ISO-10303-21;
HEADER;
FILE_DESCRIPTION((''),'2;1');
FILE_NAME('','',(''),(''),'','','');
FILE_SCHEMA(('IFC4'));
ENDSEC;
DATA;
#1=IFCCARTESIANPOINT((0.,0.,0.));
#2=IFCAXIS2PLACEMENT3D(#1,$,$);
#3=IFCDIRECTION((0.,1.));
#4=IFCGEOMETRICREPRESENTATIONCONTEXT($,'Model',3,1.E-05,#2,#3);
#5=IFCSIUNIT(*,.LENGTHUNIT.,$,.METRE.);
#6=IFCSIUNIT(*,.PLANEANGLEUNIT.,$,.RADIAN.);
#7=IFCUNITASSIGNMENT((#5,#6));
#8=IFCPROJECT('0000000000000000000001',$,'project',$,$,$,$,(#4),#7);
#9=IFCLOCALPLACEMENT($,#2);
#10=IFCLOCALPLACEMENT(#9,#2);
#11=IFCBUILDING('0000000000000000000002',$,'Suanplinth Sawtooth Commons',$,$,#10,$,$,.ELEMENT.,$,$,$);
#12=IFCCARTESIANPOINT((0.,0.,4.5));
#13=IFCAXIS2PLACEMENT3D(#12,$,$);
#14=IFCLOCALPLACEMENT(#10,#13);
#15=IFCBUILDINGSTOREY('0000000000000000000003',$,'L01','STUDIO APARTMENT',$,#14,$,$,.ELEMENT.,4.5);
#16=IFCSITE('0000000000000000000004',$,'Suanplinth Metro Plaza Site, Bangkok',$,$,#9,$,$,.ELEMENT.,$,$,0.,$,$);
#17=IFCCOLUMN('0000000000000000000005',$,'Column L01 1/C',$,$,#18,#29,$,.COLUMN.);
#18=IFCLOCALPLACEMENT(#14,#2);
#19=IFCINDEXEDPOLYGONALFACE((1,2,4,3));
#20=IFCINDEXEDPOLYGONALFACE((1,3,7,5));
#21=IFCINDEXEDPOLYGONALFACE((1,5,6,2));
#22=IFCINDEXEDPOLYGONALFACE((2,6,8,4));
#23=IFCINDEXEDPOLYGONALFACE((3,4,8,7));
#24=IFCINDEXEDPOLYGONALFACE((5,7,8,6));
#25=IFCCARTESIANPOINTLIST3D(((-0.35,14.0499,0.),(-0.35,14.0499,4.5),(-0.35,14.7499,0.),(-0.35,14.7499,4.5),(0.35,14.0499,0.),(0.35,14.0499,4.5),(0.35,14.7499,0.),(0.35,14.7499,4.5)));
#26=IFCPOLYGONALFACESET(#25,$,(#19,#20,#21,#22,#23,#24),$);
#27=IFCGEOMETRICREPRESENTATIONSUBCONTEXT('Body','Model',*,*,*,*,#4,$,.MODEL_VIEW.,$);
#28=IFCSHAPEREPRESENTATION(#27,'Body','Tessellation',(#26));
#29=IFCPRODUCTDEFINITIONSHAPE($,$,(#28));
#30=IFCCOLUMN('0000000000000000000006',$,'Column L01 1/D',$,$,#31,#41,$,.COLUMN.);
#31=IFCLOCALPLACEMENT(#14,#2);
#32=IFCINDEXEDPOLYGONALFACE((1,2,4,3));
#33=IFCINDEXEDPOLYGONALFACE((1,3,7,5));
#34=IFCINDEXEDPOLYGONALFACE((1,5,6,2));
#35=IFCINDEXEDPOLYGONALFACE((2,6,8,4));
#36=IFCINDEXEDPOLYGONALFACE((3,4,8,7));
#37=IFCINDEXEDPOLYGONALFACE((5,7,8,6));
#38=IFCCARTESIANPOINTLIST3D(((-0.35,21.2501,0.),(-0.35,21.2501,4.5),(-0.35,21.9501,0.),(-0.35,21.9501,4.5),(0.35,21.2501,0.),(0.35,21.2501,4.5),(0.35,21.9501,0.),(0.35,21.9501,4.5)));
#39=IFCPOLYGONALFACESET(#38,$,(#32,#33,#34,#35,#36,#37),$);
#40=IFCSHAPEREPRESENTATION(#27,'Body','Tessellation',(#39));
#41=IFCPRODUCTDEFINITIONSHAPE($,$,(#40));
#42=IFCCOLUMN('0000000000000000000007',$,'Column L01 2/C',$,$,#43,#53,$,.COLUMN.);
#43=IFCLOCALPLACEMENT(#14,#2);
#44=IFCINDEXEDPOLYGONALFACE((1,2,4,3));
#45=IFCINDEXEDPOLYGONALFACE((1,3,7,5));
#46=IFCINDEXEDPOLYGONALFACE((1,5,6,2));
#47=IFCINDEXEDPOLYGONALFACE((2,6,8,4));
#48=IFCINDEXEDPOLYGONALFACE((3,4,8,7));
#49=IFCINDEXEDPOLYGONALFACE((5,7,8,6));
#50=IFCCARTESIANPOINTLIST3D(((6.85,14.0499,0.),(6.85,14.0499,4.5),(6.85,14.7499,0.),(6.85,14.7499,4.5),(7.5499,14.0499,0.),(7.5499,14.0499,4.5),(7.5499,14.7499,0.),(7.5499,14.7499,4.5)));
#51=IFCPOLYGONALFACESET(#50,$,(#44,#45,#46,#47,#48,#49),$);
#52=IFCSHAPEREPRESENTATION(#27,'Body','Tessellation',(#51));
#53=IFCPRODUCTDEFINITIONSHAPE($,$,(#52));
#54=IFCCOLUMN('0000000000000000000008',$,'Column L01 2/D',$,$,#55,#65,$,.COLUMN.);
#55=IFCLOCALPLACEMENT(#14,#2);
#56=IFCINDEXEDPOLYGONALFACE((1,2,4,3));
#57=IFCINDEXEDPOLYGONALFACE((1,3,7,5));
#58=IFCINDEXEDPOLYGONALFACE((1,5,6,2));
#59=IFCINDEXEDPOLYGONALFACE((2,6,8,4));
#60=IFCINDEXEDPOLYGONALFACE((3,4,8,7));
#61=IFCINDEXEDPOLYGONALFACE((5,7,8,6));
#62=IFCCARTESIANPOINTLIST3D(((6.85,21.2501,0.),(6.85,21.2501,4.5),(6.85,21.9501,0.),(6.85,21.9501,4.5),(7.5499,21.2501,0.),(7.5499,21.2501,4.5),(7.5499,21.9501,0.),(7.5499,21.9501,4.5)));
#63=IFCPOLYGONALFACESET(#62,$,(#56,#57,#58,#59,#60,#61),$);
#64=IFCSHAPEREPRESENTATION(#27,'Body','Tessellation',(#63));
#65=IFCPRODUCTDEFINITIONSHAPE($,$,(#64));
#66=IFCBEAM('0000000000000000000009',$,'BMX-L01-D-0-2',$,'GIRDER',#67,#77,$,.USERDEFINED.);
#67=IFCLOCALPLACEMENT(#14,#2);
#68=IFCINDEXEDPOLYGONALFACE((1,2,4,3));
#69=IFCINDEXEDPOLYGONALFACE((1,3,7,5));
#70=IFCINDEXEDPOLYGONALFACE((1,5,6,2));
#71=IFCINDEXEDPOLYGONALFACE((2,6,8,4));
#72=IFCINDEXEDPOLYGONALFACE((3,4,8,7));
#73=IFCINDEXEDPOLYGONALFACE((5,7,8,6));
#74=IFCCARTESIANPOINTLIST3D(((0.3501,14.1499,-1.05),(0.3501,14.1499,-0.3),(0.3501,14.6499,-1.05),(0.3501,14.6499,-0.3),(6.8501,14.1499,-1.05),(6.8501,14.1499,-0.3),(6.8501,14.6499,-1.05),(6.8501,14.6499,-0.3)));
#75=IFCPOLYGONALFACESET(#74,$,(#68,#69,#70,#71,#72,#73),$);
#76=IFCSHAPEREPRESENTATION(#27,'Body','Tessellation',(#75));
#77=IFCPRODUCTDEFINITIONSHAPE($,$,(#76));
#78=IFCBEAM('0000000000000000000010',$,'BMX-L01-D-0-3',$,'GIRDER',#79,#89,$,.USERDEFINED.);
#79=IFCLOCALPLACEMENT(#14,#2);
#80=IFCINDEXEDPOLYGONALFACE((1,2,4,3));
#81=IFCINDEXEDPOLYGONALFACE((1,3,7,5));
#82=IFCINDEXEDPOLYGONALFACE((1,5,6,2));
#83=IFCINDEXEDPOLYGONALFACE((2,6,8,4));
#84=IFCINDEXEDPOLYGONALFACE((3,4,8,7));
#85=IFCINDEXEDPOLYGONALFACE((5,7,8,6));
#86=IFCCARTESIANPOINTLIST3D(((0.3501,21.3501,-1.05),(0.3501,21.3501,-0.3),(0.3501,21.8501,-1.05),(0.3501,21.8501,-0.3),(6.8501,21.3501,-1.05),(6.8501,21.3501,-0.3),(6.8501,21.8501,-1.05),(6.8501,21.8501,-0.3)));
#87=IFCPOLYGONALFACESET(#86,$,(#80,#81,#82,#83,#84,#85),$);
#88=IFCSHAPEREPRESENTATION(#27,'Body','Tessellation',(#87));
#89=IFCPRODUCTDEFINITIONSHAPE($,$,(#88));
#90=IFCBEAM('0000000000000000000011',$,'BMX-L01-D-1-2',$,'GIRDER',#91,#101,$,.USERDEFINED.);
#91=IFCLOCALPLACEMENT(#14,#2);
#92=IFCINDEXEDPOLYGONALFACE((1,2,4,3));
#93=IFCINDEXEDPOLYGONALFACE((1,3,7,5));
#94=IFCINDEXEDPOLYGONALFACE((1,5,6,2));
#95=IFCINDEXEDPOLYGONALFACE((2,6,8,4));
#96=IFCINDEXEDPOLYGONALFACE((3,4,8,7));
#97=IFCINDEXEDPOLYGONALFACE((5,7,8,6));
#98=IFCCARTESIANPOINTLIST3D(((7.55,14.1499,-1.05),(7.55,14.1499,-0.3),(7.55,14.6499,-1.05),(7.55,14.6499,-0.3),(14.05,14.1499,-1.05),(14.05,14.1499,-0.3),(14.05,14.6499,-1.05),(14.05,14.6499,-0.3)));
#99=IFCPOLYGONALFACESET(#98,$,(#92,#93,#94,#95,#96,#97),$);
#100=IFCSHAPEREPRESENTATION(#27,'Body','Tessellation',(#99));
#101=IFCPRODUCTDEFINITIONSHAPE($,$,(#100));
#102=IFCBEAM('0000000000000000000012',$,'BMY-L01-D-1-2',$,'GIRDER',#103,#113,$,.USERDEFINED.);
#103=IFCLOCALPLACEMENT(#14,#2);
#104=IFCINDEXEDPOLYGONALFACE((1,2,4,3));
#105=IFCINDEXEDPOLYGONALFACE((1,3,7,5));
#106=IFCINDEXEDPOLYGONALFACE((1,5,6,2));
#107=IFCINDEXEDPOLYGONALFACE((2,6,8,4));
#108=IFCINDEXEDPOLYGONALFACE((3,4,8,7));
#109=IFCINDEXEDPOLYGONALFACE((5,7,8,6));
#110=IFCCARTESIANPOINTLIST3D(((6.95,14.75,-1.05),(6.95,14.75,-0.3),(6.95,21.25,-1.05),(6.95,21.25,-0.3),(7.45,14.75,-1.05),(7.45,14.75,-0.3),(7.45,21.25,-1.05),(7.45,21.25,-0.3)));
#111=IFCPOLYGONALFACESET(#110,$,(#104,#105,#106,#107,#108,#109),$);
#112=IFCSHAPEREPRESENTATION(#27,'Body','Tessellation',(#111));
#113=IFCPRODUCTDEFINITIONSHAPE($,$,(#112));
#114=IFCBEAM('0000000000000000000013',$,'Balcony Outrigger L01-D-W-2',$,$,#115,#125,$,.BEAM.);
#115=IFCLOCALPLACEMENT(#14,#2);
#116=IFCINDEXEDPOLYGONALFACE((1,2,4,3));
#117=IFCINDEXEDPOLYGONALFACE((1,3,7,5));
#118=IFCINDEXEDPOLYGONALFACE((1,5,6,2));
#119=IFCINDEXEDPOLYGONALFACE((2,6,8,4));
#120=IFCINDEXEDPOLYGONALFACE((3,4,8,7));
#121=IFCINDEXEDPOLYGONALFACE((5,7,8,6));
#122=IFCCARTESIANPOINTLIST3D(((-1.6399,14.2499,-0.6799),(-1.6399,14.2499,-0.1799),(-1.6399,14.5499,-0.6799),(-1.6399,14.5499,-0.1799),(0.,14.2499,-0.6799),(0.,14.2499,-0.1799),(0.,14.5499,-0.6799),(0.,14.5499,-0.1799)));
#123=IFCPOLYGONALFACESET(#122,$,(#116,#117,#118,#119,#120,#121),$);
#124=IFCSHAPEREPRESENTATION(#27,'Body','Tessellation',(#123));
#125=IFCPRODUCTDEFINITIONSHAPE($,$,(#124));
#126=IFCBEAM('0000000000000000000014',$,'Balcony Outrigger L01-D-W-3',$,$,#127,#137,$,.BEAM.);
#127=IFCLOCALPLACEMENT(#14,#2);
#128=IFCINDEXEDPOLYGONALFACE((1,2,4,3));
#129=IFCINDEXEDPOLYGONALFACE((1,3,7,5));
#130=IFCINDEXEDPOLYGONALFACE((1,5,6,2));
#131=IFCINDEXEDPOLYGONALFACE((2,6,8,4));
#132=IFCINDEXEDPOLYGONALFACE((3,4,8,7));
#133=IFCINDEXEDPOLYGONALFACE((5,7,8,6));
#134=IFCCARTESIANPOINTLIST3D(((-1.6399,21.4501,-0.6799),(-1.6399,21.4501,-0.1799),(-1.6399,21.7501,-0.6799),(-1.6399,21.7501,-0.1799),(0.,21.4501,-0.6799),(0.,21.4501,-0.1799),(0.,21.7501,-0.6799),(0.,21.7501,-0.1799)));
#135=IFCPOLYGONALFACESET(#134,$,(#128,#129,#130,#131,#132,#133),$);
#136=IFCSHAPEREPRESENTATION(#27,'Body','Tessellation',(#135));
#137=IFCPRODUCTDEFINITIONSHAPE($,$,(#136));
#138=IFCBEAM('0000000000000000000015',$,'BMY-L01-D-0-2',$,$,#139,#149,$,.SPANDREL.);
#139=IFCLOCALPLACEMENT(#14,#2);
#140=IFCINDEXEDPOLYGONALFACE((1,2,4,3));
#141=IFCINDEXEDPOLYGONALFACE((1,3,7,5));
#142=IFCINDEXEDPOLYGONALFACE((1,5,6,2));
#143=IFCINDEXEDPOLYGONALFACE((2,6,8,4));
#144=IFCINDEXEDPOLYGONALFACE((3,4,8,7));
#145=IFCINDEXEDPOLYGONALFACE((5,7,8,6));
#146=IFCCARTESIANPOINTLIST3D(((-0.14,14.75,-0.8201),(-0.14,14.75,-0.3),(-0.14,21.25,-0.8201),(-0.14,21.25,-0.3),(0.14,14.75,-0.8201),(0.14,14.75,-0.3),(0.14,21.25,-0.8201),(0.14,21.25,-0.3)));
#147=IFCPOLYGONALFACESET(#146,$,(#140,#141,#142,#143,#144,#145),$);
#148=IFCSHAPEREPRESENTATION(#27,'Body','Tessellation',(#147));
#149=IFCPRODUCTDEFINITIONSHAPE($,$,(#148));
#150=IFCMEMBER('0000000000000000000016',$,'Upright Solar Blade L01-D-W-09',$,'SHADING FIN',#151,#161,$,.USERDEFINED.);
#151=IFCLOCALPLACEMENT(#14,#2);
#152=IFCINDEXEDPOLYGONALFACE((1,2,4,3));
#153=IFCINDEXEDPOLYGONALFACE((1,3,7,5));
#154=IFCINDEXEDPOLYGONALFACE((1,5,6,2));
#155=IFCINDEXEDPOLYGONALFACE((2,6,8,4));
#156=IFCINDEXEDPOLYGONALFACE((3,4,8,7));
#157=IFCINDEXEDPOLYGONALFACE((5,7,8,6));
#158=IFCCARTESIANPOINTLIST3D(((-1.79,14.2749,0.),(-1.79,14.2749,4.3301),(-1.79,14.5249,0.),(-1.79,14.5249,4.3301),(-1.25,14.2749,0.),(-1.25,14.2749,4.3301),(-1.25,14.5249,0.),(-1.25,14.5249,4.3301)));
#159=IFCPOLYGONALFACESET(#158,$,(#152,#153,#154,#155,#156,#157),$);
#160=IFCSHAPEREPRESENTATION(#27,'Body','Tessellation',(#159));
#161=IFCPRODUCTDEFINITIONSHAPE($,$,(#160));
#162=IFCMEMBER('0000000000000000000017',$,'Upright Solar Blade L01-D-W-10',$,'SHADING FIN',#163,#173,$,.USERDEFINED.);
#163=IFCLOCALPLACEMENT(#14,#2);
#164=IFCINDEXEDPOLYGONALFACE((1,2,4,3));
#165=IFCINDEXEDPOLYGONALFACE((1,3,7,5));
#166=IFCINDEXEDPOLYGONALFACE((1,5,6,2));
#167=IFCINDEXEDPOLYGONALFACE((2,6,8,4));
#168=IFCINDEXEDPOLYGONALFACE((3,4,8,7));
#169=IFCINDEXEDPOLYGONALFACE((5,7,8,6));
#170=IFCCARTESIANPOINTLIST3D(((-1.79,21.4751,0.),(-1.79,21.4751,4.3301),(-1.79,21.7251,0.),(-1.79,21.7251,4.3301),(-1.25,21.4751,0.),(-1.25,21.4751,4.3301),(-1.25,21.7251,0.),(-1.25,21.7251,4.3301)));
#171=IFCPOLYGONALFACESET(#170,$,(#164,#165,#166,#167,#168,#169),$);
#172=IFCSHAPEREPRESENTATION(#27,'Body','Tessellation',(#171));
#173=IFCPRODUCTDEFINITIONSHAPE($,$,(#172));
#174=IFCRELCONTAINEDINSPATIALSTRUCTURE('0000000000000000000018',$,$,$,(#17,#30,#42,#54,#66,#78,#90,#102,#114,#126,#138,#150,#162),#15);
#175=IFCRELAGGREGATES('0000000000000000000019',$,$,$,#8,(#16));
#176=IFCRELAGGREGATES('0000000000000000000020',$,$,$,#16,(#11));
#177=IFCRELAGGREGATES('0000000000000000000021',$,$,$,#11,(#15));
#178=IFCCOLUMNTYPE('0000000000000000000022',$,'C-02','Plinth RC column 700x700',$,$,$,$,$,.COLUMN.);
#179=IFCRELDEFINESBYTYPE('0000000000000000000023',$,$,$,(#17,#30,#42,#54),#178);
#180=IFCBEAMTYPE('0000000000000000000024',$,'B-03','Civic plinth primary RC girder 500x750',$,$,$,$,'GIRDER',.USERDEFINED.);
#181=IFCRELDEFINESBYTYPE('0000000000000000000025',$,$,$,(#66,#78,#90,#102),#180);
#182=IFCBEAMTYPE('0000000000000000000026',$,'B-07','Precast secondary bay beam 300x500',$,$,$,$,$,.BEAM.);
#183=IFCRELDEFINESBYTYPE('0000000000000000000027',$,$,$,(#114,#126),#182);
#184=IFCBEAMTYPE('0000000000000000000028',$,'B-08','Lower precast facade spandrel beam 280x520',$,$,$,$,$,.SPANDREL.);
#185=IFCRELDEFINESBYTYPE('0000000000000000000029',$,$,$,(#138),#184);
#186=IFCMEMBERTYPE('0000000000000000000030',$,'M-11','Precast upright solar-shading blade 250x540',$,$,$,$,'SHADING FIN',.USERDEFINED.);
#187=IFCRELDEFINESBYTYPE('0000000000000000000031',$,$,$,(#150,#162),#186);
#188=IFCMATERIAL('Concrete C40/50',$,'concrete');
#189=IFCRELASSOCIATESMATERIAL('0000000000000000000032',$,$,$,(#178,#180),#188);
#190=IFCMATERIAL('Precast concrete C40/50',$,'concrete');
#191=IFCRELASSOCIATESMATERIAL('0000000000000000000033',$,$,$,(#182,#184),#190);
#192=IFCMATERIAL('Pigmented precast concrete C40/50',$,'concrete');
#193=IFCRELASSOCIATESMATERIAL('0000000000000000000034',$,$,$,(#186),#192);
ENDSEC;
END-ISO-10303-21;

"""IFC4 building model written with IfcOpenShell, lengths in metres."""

from ifc_helpers import new_model, si_unit, direction, frame, origin, origin_2d, place, context, subcontext, project, spatial, rectangle, extrude, material, material_profile, profile_set, type_object, element, save


model = new_model("IFC4")

# Units and contexts
model_context = context("Model", 3, precision=1e-05, world=origin(), true_north=direction((0.0, 1.0)))
body_context = subcontext(model_context, "Body", "Model", "MODEL_VIEW")
ifc_project = project(units=[si_unit("LENGTHUNIT", "METRE"), si_unit("PLANEANGLEUNIT", "RADIAN")], contexts=[model_context])

# Site, building, storey
site_placement = place(None, origin())
site = spatial("IfcSite", under=ifc_project, at=site_placement, Name="Suanplinth Metro Plaza Site, Bangkok", CompositionType="ELEMENT", RefElevation=0.0)
building_placement = place(site_placement, origin())
building = spatial("IfcBuilding", under=site, at=building_placement, Name="Suanplinth Sawtooth Commons", CompositionType="ELEMENT")
storey_placement = place(building_placement, frame((0.0, 0.0, 4.5)))
storey = spatial("IfcBuildingStorey", under=building, at=storey_placement, Name="L01", Description="STUDIO APARTMENT", CompositionType="ELEMENT", Elevation=4.5)

# Columns
ifc_material_1 = material(Name="Concrete C40/50", Category="concrete")
ifc_material_profile_1 = material_profile(ifc_material_1, rectangle(XDim=0.7, YDim=0.7, at=origin_2d()), Name="RC-COL 700x700")
ifc_profile_set_1 = profile_set([ifc_material_profile_1], Name="Concrete C40/50")
column_type = type_object("IfcColumnType", Name="C-02", Description="Plinth RC column 700x700", PredefinedType="COLUMN", material=ifc_profile_set_1)
for number, where, z_axis, x_axis, name in (
    (1, (0.0, 14.3999, 0.0), (0.0, 0.0, 1.0), (1.0, 0.0, 0.0), "Column L01 1/C"),
    (2, (0.0, 21.6001, 0.0), (0.0, 0.0, 1.0), (1.0, 0.0, 0.0), "Column L01 1/D"),
    (3, (7.2, 14.3999, 0.0), (0.0, 0.0, 1.0), (1.0, 0.0, 0.0), "Column L01 2/C"),
    (4, (7.2, 21.6001, 0.0), (0.0, 0.0, 1.0), (1.0, 0.0, 0.0), "Column L01 2/D"),
):
    element("IfcColumn", number, at=place(storey_placement, frame(where, z_axis=z_axis, x_axis=x_axis)), inside=storey, type_object=column_type, Name=name, PredefinedType="COLUMN", context=body_context, shape_type="SweptSolid", body=[
        extrude(rectangle(XDim=0.7, YDim=0.7, at=origin_2d()), origin(), (0.0, 0.0, 1.0), 4.5),
    ])

# Beams
ifc_material_profile_2 = material_profile(ifc_material_1, rectangle(XDim=0.5, YDim=0.75, at=origin_2d()), Name="RC-GDR 500x750")
ifc_profile_set_2 = profile_set([ifc_material_profile_2], Name="Concrete C40/50")
beam_type_1 = type_object("IfcBeamType", Name="B-03", Description="Civic plinth primary RC girder 500x750", ElementType="GIRDER", PredefinedType="USERDEFINED", material=ifc_profile_set_2)
for number, where, z_axis, x_axis, name in (
    (5, (0.3501, 14.3999, -0.675), (1.0, 0.0, 0.0), (0.0, 1.0, 0.0), "BMX-L01-D-0-2"),
    (6, (0.3501, 21.6001, -0.675), (1.0, 0.0, 0.0), (0.0, 1.0, 0.0), "BMX-L01-D-0-3"),
    (7, (7.55, 14.3999, -0.675), (1.0, 0.0, 0.0), (0.0, 1.0, 0.0), "BMX-L01-D-1-2"),
    (8, (7.2, 14.75, -0.675), (0.0, 1.0, 0.0), (-1.0, 0.0, 0.0), "BMY-L01-D-1-2"),
):
    element("IfcBeam", number, at=place(storey_placement, frame(where, z_axis=z_axis, x_axis=x_axis)), inside=storey, type_object=beam_type_1, Name=name, ObjectType="GIRDER", PredefinedType="USERDEFINED", context=body_context, shape_type="SweptSolid", body=[
        extrude(rectangle(XDim=0.5, YDim=0.75, at=origin_2d()), origin(), (0.0, 0.0, 1.0), 6.5),
    ])
ifc_material_2 = material(Name="Precast concrete C40/50", Category="concrete")
ifc_material_profile_3 = material_profile(ifc_material_2, rectangle(XDim=0.3, YDim=0.5, at=origin_2d()), Name="PC-BM 300x500")
ifc_profile_set_3 = profile_set([ifc_material_profile_3], Name="Precast concrete C40/50")
beam_type_2 = type_object("IfcBeamType", Name="B-07", Description="Precast secondary bay beam 300x500", PredefinedType="BEAM", material=ifc_profile_set_3)
for number, where, z_axis, x_axis, name in (
    (9, (0.0, 14.3999, -0.4299), (-1.0, 0.0, 0.0), (0.0, -1.0, 0.0), "Balcony Outrigger L01-D-W-2"),
    (10, (0.0, 21.6001, -0.4299), (-1.0, 0.0, 0.0), (0.0, -1.0, 0.0), "Balcony Outrigger L01-D-W-3"),
):
    element("IfcBeam", number, at=place(storey_placement, frame(where, z_axis=z_axis, x_axis=x_axis)), inside=storey, type_object=beam_type_2, Name=name, PredefinedType="BEAM", context=body_context, shape_type="SweptSolid", body=[
        extrude(rectangle(XDim=0.3, YDim=0.5, at=origin_2d()), origin(), (0.0, 0.0, 1.0), 1.6399),
    ])
ifc_material_profile_4 = material_profile(ifc_material_2, rectangle(XDim=0.28, YDim=0.52, at=origin_2d()), Name="PC-SP 280x520")
ifc_profile_set_4 = profile_set([ifc_material_profile_4], Name="Precast concrete C40/50")
beam_type_3 = type_object("IfcBeamType", Name="B-08", Description="Lower precast facade spandrel beam 280x520", PredefinedType="SPANDREL", material=ifc_profile_set_4)
beam_placement = place(storey_placement, frame((0.0, 14.75, -0.5601), z_axis=(0.0, 1.0, 0.0), x_axis=(-1.0, 0.0, 0.0)))
element("IfcBeam", 11, at=beam_placement, inside=storey, type_object=beam_type_3, Name="BMY-L01-D-0-2", PredefinedType="SPANDREL", context=body_context, shape_type="SweptSolid", body=[
    extrude(rectangle(XDim=0.28, YDim=0.52, at=origin_2d()), origin(), (0.0, 0.0, 1.0), 6.5),
])

# Members
ifc_material_3 = material(Name="Pigmented precast concrete C40/50", Category="concrete")
ifc_material_profile_5 = material_profile(ifc_material_3, rectangle(XDim=0.25, YDim=0.54, at=origin_2d()), Name="PC-FIN 250x540")
ifc_profile_set_5 = profile_set([ifc_material_profile_5], Name="Pigmented precast concrete C40/50")
member_type = type_object("IfcMemberType", Name="M-11", Description="Precast upright solar-shading blade 250x540", ElementType="SHADING FIN", PredefinedType="USERDEFINED", material=ifc_profile_set_5)
for number, where, z_axis, x_axis, name in (
    (12, (-1.52, 14.3999, 0.0), (0.0, 0.0, 1.0), (0.0, 1.0, 0.0), "Upright Solar Blade L01-D-W-09"),
    (13, (-1.52, 21.6001, 0.0), (0.0, 0.0, 1.0), (0.0, 1.0, 0.0), "Upright Solar Blade L01-D-W-10"),
):
    element("IfcMember", number, at=place(storey_placement, frame(where, z_axis=z_axis, x_axis=x_axis)), inside=storey, type_object=member_type, Name=name, ObjectType="SHADING FIN", PredefinedType="USERDEFINED", context=body_context, shape_type="SweptSolid", body=[
        extrude(rectangle(XDim=0.25, YDim=0.54, at=origin_2d()), origin(), (0.0, 0.0, 1.0), 4.3301),
    ])

save(model, "model.ifc")
